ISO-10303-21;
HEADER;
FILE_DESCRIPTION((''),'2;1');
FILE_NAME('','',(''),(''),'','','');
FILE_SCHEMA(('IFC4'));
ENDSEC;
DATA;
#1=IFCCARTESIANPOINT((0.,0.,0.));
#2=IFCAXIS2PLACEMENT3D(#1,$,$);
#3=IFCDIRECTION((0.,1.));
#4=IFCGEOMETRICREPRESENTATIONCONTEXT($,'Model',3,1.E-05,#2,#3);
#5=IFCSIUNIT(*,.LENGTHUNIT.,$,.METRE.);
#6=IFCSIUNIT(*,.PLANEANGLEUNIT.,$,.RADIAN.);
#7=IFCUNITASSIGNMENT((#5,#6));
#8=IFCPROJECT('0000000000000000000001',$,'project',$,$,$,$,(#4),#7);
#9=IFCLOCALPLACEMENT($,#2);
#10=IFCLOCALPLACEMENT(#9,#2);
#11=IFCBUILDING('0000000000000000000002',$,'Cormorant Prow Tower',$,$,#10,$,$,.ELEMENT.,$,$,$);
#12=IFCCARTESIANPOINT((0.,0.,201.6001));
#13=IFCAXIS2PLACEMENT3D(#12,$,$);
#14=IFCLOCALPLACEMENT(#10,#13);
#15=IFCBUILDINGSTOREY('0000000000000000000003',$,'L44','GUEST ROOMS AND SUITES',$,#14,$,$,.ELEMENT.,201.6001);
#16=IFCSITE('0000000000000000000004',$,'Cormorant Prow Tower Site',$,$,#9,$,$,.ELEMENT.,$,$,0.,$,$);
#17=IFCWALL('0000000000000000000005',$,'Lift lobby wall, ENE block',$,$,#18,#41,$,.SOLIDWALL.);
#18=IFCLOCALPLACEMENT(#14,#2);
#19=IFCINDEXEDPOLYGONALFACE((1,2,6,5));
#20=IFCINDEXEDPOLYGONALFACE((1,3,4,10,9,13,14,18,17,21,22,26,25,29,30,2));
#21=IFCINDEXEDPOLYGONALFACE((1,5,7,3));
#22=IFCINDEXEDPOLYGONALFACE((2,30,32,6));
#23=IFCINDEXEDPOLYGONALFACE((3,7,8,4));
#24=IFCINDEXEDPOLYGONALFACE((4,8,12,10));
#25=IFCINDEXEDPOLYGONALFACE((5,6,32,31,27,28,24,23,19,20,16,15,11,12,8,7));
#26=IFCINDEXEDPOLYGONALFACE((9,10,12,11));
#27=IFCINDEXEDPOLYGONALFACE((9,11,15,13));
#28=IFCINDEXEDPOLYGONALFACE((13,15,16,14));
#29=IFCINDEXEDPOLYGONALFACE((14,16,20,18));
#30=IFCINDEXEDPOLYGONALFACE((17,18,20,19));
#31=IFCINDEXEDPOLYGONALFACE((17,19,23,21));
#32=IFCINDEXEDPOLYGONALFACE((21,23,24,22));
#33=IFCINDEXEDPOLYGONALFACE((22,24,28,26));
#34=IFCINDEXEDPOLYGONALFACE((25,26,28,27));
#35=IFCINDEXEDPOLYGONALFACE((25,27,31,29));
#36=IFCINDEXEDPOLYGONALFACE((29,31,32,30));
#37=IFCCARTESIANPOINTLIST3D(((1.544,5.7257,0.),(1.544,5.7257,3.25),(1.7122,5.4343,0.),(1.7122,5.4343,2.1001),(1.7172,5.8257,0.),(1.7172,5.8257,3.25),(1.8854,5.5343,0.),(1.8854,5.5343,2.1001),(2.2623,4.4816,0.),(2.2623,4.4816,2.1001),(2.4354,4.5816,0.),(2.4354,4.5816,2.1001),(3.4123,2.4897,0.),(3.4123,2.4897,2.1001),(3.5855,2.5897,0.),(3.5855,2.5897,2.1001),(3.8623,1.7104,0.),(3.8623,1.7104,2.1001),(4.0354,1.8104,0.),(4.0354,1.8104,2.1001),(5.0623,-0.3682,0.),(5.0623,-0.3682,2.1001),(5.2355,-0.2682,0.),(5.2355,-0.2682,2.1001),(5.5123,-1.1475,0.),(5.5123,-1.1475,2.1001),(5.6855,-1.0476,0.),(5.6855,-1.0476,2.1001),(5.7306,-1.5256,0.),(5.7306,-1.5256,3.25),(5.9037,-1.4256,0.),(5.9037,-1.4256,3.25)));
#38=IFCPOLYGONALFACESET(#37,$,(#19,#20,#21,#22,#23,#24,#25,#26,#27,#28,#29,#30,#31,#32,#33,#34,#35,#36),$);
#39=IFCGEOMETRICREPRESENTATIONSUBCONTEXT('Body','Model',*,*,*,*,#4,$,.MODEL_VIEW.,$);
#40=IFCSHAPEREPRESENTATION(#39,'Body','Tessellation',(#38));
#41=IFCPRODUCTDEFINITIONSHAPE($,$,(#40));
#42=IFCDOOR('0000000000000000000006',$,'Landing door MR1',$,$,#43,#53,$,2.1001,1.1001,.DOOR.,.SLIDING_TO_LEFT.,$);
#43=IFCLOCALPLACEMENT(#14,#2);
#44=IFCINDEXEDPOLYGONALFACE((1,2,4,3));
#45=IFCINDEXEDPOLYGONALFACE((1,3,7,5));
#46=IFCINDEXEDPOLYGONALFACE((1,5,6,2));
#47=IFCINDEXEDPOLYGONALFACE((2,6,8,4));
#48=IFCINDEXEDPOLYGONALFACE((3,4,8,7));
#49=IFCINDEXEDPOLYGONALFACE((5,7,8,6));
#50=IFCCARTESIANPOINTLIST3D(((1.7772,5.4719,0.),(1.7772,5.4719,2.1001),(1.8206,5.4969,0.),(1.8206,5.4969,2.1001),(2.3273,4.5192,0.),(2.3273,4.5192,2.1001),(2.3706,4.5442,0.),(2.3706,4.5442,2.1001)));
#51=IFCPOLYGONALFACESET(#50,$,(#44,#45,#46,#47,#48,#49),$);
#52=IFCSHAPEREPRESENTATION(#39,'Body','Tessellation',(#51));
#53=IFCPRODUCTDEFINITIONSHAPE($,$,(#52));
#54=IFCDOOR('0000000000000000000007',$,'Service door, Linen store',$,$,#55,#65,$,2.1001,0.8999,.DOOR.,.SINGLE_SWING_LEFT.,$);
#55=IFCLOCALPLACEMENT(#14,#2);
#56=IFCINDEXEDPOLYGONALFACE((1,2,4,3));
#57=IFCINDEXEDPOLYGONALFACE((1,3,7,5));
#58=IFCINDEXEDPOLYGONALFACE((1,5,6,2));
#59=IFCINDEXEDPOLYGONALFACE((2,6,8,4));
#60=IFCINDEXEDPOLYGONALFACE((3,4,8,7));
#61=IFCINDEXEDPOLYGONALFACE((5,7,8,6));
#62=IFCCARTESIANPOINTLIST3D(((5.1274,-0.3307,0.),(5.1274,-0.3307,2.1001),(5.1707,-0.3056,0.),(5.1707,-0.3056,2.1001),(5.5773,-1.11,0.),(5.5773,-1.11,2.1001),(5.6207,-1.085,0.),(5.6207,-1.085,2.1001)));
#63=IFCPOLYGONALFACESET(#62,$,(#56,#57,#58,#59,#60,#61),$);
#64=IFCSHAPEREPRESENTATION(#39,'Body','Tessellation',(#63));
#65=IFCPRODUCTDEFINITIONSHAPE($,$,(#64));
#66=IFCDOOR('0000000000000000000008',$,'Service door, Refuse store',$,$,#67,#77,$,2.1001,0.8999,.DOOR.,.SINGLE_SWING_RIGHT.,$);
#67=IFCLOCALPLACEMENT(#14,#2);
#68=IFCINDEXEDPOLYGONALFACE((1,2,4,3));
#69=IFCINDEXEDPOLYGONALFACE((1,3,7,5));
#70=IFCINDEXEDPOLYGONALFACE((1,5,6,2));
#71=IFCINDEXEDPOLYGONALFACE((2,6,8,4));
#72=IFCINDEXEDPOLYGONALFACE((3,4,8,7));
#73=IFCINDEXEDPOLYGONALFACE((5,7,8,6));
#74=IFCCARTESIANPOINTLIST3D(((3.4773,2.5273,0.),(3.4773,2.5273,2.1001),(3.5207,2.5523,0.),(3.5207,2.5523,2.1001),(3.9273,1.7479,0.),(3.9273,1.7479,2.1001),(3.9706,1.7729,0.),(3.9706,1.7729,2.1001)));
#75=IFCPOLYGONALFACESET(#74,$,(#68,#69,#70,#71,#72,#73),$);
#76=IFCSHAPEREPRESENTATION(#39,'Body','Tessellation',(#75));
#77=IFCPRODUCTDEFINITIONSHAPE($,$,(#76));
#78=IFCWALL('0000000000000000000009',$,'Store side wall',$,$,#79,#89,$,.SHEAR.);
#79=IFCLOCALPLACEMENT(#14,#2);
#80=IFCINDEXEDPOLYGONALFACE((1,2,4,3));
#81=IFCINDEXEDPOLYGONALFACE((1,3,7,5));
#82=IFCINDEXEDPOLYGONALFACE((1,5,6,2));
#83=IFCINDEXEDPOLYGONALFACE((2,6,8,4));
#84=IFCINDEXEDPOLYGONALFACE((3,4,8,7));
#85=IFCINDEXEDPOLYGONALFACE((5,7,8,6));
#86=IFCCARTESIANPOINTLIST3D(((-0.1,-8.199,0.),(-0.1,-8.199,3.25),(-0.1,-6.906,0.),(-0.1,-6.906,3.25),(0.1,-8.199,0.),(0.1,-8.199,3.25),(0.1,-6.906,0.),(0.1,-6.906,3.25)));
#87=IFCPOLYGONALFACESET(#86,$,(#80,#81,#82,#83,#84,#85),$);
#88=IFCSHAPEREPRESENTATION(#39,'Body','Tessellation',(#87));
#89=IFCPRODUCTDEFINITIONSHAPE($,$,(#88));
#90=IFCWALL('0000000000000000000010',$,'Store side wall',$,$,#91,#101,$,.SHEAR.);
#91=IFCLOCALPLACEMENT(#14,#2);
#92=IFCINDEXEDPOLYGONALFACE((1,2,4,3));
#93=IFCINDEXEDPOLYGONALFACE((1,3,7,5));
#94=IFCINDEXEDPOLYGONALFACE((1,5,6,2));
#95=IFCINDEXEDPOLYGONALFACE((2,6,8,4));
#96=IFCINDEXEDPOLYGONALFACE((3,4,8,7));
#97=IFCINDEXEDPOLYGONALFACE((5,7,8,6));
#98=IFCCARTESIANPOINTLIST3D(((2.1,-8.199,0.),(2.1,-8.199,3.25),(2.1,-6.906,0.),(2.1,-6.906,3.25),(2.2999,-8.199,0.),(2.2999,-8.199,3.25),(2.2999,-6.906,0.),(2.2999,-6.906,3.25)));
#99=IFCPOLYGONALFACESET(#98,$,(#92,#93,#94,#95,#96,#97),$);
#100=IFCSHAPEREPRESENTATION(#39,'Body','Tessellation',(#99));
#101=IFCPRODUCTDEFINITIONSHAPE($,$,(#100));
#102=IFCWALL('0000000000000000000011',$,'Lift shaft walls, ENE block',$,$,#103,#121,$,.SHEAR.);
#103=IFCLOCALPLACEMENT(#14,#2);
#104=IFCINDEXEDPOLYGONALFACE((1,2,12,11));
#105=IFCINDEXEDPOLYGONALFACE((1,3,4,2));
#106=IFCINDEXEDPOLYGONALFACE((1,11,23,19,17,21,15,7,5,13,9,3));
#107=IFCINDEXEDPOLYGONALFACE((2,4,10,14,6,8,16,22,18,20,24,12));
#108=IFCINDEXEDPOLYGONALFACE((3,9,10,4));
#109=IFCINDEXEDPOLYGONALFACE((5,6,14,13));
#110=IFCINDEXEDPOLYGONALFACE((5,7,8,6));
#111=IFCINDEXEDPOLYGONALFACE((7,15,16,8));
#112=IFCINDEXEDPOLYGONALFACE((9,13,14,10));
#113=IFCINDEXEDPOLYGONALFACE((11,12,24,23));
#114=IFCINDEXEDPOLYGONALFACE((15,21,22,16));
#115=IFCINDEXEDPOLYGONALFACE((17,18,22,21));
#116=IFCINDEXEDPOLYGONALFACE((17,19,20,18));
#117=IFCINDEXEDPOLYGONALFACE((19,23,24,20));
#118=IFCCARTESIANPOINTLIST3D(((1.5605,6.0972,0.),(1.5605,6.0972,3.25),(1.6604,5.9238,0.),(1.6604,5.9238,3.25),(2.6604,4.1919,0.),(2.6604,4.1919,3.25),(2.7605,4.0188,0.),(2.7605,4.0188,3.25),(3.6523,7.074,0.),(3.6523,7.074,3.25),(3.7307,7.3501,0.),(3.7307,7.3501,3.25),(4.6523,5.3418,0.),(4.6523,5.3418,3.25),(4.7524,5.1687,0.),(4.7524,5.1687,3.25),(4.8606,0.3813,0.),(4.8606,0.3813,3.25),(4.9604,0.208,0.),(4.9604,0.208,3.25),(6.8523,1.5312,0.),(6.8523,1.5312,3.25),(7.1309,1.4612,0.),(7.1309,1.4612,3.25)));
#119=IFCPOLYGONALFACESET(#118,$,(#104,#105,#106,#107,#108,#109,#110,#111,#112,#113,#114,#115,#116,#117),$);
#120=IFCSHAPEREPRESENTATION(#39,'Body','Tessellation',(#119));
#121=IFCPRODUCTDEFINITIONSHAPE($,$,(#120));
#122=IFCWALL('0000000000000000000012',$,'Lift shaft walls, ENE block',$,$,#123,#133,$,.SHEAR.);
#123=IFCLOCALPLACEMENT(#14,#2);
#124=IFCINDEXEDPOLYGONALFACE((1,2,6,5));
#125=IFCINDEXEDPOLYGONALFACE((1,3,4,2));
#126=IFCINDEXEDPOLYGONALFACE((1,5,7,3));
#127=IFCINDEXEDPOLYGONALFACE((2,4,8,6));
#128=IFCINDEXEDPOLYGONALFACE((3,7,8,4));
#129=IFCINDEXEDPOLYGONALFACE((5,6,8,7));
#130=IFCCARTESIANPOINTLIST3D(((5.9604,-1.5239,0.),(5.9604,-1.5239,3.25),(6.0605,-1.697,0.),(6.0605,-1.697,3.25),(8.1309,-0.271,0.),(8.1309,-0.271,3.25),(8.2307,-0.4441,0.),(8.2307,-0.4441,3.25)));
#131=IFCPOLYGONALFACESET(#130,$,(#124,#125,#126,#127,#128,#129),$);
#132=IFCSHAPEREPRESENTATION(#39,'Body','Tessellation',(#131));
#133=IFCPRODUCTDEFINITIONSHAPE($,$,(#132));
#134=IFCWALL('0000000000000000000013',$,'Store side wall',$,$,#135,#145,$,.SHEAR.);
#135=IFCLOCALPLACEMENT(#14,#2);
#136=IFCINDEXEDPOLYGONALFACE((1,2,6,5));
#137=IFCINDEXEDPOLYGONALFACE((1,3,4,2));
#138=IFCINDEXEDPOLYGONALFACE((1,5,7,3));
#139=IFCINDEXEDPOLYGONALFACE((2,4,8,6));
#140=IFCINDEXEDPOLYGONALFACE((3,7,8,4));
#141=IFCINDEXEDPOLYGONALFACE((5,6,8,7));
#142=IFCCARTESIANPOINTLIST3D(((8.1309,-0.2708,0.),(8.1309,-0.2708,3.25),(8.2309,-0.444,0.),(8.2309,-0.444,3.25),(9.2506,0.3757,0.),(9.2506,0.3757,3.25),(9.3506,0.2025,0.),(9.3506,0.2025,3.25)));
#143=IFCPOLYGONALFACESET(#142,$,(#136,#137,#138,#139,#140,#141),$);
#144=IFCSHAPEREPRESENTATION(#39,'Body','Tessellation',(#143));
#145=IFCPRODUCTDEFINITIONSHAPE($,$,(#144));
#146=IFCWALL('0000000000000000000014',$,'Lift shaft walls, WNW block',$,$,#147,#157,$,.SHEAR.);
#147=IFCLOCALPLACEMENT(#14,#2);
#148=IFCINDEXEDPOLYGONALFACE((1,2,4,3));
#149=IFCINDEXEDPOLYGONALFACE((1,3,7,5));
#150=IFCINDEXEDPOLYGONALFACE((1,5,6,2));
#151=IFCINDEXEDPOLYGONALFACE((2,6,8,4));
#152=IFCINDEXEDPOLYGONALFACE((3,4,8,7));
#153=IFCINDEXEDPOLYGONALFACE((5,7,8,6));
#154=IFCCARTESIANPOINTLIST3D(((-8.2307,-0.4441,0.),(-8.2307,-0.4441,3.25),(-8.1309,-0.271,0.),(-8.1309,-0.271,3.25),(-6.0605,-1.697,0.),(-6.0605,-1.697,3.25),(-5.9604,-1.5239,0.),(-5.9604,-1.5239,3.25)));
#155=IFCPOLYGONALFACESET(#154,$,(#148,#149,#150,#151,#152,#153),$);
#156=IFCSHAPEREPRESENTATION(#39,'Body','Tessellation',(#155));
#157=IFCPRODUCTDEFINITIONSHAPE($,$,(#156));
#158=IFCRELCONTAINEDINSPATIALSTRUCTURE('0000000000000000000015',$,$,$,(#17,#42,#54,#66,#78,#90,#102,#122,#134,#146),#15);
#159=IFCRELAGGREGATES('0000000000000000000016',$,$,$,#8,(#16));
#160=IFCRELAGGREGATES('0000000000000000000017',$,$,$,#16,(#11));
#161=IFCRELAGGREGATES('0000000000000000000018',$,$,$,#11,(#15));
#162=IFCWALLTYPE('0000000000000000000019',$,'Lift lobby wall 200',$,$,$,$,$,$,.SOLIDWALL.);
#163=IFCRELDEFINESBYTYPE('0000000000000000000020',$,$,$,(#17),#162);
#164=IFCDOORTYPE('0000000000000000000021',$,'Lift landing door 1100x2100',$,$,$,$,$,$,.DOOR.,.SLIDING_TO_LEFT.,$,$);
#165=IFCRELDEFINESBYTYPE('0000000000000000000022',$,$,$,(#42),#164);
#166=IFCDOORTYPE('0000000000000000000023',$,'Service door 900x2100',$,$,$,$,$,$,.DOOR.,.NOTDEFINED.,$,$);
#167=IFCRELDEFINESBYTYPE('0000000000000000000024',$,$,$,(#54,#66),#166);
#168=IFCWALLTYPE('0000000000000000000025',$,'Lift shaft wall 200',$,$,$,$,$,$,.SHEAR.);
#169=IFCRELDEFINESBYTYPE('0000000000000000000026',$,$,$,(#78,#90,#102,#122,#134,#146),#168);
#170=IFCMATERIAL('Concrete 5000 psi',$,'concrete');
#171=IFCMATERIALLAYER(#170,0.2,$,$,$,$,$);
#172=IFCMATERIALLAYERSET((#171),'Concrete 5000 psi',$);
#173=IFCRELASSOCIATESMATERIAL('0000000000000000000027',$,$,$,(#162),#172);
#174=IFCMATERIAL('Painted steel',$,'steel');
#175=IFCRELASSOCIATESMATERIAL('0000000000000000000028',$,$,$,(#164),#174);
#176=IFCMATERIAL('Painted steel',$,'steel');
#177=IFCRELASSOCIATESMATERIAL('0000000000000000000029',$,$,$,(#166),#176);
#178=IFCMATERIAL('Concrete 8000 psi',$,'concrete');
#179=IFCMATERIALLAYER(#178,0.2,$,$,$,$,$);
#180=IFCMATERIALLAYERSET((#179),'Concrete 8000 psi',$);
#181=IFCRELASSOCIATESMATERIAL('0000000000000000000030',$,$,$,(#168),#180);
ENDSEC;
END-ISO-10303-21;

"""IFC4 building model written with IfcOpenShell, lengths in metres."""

from ifc_helpers import new_model, si_unit, direction, frame, frame_2d, origin, place, context, subcontext, project, spatial, polyline, rectangle, outline, extrude, material, layer, layer_set, type_object, element, fill, save


model = new_model("IFC4")

# Units and contexts
model_context = context("Model", 3, precision=1e-05, world=origin(), true_north=direction((0.0, 1.0)))
body_context = subcontext(model_context, "Body", "Model", "MODEL_VIEW")
ifc_project = project(units=[si_unit("LENGTHUNIT", "METRE"), si_unit("PLANEANGLEUNIT", "RADIAN")], contexts=[model_context])

# Site, building, storey
site_placement = place(None, origin())
site = spatial("IfcSite", under=ifc_project, at=site_placement, Name="Cormorant Prow Tower Site", CompositionType="ELEMENT", RefElevation=0.0)
building_placement = place(site_placement, origin())
building = spatial("IfcBuilding", under=site, at=building_placement, Name="Cormorant Prow Tower", CompositionType="ELEMENT")
storey_placement = place(building_placement, frame((0.0, 0.0, 201.6001)))
storey = spatial("IfcBuildingStorey", under=building, at=storey_placement, Name="L44", Description="GUEST ROOMS AND SUITES", CompositionType="ELEMENT", Elevation=201.6001)

# Wall, openings, doors
ifc_material_1 = material(Name="Concrete 5000 psi", Category="concrete")
ifc_layer_1 = layer(ifc_material_1, 0.2)
ifc_layer_set_1 = layer_set([ifc_layer_1], Name="Concrete 5000 psi")
wall_type_1 = type_object("IfcWallType", Name="Lift lobby wall 200", PredefinedType="SOLIDWALL", material=ifc_layer_set_1)
wall_1_placement = place(storey_placement, frame((5.8171, -1.4756, 0.0), z_axis=(0.0, 0.0, 1.0), x_axis=(-0.500003, 0.866024, 0.0)))
wall_1 = element("IfcWall", 1, at=wall_1_placement, inside=storey, type_object=wall_type_1, Name="Lift lobby wall, ENE block", PredefinedType="SOLIDWALL", context=body_context, shape_type="SweptSolid", body=[
    extrude(rectangle(XDim=8.373, YDim=0.2, at=frame_2d((4.1865, 0.0))), origin(), (0.0, 0.0, 1.0), 3.25),
])
opening_1_placement = place(wall_1_placement, frame((0.4365, 0.0, 0.0)))
opening_1 = element("IfcOpeningElement", 2, at=opening_1_placement, cuts=wall_1, PredefinedType="OPENING", context=body_context, shape_type="SweptSolid", body=[
    extrude(rectangle(XDim=0.8999, YDim=2.1001, at=frame_2d((0.45, 1.05))), frame((0.0, 0.1099, 0.0), z_axis=(0.0, -1.0, 0.0), x_axis=(1.0, 0.0, 0.0)), (0.0, 0.0, 1.0), 0.22),
])
opening_2_placement = place(wall_1_placement, frame((3.7366, 0.0, 0.0)))
opening_2 = element("IfcOpeningElement", 3, at=opening_2_placement, cuts=wall_1, PredefinedType="OPENING", context=body_context, shape_type="SweptSolid", body=[
    extrude(rectangle(XDim=0.8999, YDim=2.1001, at=frame_2d((0.45, 1.05))), frame((0.0, 0.1099, 0.0), z_axis=(0.0, -1.0, 0.0), x_axis=(1.0, 0.0, 0.0)), (0.0, 0.0, 1.0), 0.22),
])
opening_3_placement = place(wall_1_placement, frame((6.9365, 0.0, 0.0)))
opening_3 = element("IfcOpeningElement", 4, at=opening_3_placement, cuts=wall_1, PredefinedType="OPENING", context=body_context, shape_type="SweptSolid", body=[
    extrude(rectangle(XDim=1.1001, YDim=2.1001, at=frame_2d((0.55, 1.05))), frame((0.0, 0.1099, 0.0), z_axis=(0.0, -1.0, 0.0), x_axis=(1.0, 0.0, 0.0)), (0.0, 0.0, 1.0), 0.22),
])
ifc_material_2 = material(Name="Painted steel", Category="steel")
door_type_1 = type_object("IfcDoorType", Name="Lift landing door 1100x2100", OperationType="SLIDING_TO_LEFT", PredefinedType="DOOR", material=ifc_material_2)
door_1_placement = place(opening_3_placement, origin())
door_1 = element("IfcDoor", 5, at=door_1_placement, inside=storey, type_object=door_type_1, Name="Landing door MR1", OperationType="SLIDING_TO_LEFT", OverallHeight=2.1001, OverallWidth=1.1001, PredefinedType="DOOR", context=body_context, shape_type="SweptSolid", body=[
    extrude(rectangle(XDim=1.1001, YDim=2.1001, at=frame_2d((0.55, 1.05))), frame((0.0, 0.0249, 0.0), z_axis=(0.0, -1.0, 0.0), x_axis=(1.0, 0.0, 0.0)), (0.0, 0.0, 1.0), 0.05),
])
fill(opening_3, door_1)
ifc_material_3 = material(Name="Painted steel", Category="steel")
door_type_2 = type_object("IfcDoorType", Name="Service door 900x2100", OperationType="NOTDEFINED", PredefinedType="DOOR", material=ifc_material_3)
door_2_placement = place(opening_1_placement, origin())
door_2 = element("IfcDoor", 6, at=door_2_placement, inside=storey, type_object=door_type_2, Name="Service door, Linen store", OperationType="SINGLE_SWING_LEFT", OverallHeight=2.1001, OverallWidth=0.8999, PredefinedType="DOOR", context=body_context, shape_type="SweptSolid", body=[
    extrude(rectangle(XDim=0.8999, YDim=2.1001, at=frame_2d((0.45, 1.05))), frame((0.0, 0.0249, 0.0), z_axis=(0.0, -1.0, 0.0), x_axis=(1.0, 0.0, 0.0)), (0.0, 0.0, 1.0), 0.05),
])
fill(opening_1, door_2)
door_3_placement = place(opening_2_placement, origin())
door_3 = element("IfcDoor", 7, at=door_3_placement, inside=storey, type_object=door_type_2, Name="Service door, Refuse store", OperationType="SINGLE_SWING_RIGHT", OverallHeight=2.1001, OverallWidth=0.8999, PredefinedType="DOOR", context=body_context, shape_type="SweptSolid", body=[
    extrude(rectangle(XDim=0.8999, YDim=2.1001, at=frame_2d((0.45, 1.05))), frame((0.0, 0.0249, 0.0), z_axis=(0.0, -1.0, 0.0), x_axis=(1.0, 0.0, 0.0)), (0.0, 0.0, 1.0), 0.05),
])
fill(opening_2, door_3)

# Walls
ifc_material_4 = material(Name="Concrete 8000 psi", Category="concrete")
ifc_layer_2 = layer(ifc_material_4, 0.2)
ifc_layer_set_2 = layer_set([ifc_layer_2], Name="Concrete 8000 psi")
wall_type_2 = type_object("IfcWallType", Name="Lift shaft wall 200", PredefinedType="SHEAR", material=ifc_layer_set_2)
for number, where, z_axis, x_axis, name in (
    (8, (0.0, -6.906, 0.0), (0.0, 0.0, 1.0), (0.0, -1.0, 0.0), "Store side wall"),
    (9, (2.2, -6.906, 0.0), (0.0, 0.0, 1.0), (0.0, -1.0, 0.0), "Store side wall"),
):
    element("IfcWall", number, at=place(storey_placement, frame(where, z_axis=z_axis, x_axis=x_axis)), inside=storey, type_object=wall_type_2, Name=name, PredefinedType="SHEAR", context=body_context, shape_type="SweptSolid", body=[
        extrude(rectangle(XDim=1.293, YDim=0.2, at=frame_2d((0.6465, 0.0))), origin(), (0.0, 0.0, 1.0), 3.25),
    ])
wall_2_placement = place(storey_placement, origin())
element("IfcWall", 10, at=wall_2_placement, inside=storey, type_object=wall_type_2, Name="Lift shaft walls, ENE block", PredefinedType="SHEAR", context=body_context, shape_type="SweptSolid", body=[
    extrude(outline(polyline([(1.5605, 6.0972), (3.7307, 7.3501), (7.1309, 1.4612), (4.9604, 0.208), (4.8606, 0.3813), (6.8523, 1.5312), (4.7524, 5.1687), (2.7605, 4.0188), (2.6604, 4.1919), (4.6523, 5.3418), (3.6523, 7.074), (1.6604, 5.9238), (1.5605, 6.0972)])), origin(), (0.0, 0.0, 1.0), 3.25),
])
wall_3_placement = place(storey_placement, origin())
element("IfcWall", 11, at=wall_3_placement, inside=storey, type_object=wall_type_2, Name="Lift shaft walls, ENE block", PredefinedType="SHEAR", context=body_context, shape_type="SweptSolid", body=[
    extrude(outline(polyline([(8.2307, -0.4441), (6.0605, -1.697), (5.9604, -1.5239), (8.1309, -0.271), (8.2307, -0.4441)])), origin(), (0.0, 0.0, 1.0), 3.25),
])
wall_4_placement = place(storey_placement, frame((8.1809, -0.3574, 0.0), z_axis=(0.0, 0.0, 1.0), x_axis=(0.866003, 0.500038, 0.0)))
element("IfcWall", 12, at=wall_4_placement, inside=storey, type_object=wall_type_2, Name="Store side wall", PredefinedType="SHEAR", context=body_context, shape_type="SweptSolid", body=[
    extrude(rectangle(XDim=1.293, YDim=0.2, at=frame_2d((0.6465, 0.0))), origin(), (0.0, 0.0, 1.0), 3.25),
])
wall_5_placement = place(storey_placement, origin())
element("IfcWall", 13, at=wall_5_placement, inside=storey, type_object=wall_type_2, Name="Lift shaft walls, WNW block", PredefinedType="SHEAR", context=body_context, shape_type="SweptSolid", body=[
    extrude(outline(polyline([(-6.0605, -1.697), (-8.2307, -0.4441), (-8.1309, -0.271), (-5.9604, -1.5239), (-6.0605, -1.697)])), origin(), (0.0, 0.0, 1.0), 3.25),
])

save(model, "model.ifc")
